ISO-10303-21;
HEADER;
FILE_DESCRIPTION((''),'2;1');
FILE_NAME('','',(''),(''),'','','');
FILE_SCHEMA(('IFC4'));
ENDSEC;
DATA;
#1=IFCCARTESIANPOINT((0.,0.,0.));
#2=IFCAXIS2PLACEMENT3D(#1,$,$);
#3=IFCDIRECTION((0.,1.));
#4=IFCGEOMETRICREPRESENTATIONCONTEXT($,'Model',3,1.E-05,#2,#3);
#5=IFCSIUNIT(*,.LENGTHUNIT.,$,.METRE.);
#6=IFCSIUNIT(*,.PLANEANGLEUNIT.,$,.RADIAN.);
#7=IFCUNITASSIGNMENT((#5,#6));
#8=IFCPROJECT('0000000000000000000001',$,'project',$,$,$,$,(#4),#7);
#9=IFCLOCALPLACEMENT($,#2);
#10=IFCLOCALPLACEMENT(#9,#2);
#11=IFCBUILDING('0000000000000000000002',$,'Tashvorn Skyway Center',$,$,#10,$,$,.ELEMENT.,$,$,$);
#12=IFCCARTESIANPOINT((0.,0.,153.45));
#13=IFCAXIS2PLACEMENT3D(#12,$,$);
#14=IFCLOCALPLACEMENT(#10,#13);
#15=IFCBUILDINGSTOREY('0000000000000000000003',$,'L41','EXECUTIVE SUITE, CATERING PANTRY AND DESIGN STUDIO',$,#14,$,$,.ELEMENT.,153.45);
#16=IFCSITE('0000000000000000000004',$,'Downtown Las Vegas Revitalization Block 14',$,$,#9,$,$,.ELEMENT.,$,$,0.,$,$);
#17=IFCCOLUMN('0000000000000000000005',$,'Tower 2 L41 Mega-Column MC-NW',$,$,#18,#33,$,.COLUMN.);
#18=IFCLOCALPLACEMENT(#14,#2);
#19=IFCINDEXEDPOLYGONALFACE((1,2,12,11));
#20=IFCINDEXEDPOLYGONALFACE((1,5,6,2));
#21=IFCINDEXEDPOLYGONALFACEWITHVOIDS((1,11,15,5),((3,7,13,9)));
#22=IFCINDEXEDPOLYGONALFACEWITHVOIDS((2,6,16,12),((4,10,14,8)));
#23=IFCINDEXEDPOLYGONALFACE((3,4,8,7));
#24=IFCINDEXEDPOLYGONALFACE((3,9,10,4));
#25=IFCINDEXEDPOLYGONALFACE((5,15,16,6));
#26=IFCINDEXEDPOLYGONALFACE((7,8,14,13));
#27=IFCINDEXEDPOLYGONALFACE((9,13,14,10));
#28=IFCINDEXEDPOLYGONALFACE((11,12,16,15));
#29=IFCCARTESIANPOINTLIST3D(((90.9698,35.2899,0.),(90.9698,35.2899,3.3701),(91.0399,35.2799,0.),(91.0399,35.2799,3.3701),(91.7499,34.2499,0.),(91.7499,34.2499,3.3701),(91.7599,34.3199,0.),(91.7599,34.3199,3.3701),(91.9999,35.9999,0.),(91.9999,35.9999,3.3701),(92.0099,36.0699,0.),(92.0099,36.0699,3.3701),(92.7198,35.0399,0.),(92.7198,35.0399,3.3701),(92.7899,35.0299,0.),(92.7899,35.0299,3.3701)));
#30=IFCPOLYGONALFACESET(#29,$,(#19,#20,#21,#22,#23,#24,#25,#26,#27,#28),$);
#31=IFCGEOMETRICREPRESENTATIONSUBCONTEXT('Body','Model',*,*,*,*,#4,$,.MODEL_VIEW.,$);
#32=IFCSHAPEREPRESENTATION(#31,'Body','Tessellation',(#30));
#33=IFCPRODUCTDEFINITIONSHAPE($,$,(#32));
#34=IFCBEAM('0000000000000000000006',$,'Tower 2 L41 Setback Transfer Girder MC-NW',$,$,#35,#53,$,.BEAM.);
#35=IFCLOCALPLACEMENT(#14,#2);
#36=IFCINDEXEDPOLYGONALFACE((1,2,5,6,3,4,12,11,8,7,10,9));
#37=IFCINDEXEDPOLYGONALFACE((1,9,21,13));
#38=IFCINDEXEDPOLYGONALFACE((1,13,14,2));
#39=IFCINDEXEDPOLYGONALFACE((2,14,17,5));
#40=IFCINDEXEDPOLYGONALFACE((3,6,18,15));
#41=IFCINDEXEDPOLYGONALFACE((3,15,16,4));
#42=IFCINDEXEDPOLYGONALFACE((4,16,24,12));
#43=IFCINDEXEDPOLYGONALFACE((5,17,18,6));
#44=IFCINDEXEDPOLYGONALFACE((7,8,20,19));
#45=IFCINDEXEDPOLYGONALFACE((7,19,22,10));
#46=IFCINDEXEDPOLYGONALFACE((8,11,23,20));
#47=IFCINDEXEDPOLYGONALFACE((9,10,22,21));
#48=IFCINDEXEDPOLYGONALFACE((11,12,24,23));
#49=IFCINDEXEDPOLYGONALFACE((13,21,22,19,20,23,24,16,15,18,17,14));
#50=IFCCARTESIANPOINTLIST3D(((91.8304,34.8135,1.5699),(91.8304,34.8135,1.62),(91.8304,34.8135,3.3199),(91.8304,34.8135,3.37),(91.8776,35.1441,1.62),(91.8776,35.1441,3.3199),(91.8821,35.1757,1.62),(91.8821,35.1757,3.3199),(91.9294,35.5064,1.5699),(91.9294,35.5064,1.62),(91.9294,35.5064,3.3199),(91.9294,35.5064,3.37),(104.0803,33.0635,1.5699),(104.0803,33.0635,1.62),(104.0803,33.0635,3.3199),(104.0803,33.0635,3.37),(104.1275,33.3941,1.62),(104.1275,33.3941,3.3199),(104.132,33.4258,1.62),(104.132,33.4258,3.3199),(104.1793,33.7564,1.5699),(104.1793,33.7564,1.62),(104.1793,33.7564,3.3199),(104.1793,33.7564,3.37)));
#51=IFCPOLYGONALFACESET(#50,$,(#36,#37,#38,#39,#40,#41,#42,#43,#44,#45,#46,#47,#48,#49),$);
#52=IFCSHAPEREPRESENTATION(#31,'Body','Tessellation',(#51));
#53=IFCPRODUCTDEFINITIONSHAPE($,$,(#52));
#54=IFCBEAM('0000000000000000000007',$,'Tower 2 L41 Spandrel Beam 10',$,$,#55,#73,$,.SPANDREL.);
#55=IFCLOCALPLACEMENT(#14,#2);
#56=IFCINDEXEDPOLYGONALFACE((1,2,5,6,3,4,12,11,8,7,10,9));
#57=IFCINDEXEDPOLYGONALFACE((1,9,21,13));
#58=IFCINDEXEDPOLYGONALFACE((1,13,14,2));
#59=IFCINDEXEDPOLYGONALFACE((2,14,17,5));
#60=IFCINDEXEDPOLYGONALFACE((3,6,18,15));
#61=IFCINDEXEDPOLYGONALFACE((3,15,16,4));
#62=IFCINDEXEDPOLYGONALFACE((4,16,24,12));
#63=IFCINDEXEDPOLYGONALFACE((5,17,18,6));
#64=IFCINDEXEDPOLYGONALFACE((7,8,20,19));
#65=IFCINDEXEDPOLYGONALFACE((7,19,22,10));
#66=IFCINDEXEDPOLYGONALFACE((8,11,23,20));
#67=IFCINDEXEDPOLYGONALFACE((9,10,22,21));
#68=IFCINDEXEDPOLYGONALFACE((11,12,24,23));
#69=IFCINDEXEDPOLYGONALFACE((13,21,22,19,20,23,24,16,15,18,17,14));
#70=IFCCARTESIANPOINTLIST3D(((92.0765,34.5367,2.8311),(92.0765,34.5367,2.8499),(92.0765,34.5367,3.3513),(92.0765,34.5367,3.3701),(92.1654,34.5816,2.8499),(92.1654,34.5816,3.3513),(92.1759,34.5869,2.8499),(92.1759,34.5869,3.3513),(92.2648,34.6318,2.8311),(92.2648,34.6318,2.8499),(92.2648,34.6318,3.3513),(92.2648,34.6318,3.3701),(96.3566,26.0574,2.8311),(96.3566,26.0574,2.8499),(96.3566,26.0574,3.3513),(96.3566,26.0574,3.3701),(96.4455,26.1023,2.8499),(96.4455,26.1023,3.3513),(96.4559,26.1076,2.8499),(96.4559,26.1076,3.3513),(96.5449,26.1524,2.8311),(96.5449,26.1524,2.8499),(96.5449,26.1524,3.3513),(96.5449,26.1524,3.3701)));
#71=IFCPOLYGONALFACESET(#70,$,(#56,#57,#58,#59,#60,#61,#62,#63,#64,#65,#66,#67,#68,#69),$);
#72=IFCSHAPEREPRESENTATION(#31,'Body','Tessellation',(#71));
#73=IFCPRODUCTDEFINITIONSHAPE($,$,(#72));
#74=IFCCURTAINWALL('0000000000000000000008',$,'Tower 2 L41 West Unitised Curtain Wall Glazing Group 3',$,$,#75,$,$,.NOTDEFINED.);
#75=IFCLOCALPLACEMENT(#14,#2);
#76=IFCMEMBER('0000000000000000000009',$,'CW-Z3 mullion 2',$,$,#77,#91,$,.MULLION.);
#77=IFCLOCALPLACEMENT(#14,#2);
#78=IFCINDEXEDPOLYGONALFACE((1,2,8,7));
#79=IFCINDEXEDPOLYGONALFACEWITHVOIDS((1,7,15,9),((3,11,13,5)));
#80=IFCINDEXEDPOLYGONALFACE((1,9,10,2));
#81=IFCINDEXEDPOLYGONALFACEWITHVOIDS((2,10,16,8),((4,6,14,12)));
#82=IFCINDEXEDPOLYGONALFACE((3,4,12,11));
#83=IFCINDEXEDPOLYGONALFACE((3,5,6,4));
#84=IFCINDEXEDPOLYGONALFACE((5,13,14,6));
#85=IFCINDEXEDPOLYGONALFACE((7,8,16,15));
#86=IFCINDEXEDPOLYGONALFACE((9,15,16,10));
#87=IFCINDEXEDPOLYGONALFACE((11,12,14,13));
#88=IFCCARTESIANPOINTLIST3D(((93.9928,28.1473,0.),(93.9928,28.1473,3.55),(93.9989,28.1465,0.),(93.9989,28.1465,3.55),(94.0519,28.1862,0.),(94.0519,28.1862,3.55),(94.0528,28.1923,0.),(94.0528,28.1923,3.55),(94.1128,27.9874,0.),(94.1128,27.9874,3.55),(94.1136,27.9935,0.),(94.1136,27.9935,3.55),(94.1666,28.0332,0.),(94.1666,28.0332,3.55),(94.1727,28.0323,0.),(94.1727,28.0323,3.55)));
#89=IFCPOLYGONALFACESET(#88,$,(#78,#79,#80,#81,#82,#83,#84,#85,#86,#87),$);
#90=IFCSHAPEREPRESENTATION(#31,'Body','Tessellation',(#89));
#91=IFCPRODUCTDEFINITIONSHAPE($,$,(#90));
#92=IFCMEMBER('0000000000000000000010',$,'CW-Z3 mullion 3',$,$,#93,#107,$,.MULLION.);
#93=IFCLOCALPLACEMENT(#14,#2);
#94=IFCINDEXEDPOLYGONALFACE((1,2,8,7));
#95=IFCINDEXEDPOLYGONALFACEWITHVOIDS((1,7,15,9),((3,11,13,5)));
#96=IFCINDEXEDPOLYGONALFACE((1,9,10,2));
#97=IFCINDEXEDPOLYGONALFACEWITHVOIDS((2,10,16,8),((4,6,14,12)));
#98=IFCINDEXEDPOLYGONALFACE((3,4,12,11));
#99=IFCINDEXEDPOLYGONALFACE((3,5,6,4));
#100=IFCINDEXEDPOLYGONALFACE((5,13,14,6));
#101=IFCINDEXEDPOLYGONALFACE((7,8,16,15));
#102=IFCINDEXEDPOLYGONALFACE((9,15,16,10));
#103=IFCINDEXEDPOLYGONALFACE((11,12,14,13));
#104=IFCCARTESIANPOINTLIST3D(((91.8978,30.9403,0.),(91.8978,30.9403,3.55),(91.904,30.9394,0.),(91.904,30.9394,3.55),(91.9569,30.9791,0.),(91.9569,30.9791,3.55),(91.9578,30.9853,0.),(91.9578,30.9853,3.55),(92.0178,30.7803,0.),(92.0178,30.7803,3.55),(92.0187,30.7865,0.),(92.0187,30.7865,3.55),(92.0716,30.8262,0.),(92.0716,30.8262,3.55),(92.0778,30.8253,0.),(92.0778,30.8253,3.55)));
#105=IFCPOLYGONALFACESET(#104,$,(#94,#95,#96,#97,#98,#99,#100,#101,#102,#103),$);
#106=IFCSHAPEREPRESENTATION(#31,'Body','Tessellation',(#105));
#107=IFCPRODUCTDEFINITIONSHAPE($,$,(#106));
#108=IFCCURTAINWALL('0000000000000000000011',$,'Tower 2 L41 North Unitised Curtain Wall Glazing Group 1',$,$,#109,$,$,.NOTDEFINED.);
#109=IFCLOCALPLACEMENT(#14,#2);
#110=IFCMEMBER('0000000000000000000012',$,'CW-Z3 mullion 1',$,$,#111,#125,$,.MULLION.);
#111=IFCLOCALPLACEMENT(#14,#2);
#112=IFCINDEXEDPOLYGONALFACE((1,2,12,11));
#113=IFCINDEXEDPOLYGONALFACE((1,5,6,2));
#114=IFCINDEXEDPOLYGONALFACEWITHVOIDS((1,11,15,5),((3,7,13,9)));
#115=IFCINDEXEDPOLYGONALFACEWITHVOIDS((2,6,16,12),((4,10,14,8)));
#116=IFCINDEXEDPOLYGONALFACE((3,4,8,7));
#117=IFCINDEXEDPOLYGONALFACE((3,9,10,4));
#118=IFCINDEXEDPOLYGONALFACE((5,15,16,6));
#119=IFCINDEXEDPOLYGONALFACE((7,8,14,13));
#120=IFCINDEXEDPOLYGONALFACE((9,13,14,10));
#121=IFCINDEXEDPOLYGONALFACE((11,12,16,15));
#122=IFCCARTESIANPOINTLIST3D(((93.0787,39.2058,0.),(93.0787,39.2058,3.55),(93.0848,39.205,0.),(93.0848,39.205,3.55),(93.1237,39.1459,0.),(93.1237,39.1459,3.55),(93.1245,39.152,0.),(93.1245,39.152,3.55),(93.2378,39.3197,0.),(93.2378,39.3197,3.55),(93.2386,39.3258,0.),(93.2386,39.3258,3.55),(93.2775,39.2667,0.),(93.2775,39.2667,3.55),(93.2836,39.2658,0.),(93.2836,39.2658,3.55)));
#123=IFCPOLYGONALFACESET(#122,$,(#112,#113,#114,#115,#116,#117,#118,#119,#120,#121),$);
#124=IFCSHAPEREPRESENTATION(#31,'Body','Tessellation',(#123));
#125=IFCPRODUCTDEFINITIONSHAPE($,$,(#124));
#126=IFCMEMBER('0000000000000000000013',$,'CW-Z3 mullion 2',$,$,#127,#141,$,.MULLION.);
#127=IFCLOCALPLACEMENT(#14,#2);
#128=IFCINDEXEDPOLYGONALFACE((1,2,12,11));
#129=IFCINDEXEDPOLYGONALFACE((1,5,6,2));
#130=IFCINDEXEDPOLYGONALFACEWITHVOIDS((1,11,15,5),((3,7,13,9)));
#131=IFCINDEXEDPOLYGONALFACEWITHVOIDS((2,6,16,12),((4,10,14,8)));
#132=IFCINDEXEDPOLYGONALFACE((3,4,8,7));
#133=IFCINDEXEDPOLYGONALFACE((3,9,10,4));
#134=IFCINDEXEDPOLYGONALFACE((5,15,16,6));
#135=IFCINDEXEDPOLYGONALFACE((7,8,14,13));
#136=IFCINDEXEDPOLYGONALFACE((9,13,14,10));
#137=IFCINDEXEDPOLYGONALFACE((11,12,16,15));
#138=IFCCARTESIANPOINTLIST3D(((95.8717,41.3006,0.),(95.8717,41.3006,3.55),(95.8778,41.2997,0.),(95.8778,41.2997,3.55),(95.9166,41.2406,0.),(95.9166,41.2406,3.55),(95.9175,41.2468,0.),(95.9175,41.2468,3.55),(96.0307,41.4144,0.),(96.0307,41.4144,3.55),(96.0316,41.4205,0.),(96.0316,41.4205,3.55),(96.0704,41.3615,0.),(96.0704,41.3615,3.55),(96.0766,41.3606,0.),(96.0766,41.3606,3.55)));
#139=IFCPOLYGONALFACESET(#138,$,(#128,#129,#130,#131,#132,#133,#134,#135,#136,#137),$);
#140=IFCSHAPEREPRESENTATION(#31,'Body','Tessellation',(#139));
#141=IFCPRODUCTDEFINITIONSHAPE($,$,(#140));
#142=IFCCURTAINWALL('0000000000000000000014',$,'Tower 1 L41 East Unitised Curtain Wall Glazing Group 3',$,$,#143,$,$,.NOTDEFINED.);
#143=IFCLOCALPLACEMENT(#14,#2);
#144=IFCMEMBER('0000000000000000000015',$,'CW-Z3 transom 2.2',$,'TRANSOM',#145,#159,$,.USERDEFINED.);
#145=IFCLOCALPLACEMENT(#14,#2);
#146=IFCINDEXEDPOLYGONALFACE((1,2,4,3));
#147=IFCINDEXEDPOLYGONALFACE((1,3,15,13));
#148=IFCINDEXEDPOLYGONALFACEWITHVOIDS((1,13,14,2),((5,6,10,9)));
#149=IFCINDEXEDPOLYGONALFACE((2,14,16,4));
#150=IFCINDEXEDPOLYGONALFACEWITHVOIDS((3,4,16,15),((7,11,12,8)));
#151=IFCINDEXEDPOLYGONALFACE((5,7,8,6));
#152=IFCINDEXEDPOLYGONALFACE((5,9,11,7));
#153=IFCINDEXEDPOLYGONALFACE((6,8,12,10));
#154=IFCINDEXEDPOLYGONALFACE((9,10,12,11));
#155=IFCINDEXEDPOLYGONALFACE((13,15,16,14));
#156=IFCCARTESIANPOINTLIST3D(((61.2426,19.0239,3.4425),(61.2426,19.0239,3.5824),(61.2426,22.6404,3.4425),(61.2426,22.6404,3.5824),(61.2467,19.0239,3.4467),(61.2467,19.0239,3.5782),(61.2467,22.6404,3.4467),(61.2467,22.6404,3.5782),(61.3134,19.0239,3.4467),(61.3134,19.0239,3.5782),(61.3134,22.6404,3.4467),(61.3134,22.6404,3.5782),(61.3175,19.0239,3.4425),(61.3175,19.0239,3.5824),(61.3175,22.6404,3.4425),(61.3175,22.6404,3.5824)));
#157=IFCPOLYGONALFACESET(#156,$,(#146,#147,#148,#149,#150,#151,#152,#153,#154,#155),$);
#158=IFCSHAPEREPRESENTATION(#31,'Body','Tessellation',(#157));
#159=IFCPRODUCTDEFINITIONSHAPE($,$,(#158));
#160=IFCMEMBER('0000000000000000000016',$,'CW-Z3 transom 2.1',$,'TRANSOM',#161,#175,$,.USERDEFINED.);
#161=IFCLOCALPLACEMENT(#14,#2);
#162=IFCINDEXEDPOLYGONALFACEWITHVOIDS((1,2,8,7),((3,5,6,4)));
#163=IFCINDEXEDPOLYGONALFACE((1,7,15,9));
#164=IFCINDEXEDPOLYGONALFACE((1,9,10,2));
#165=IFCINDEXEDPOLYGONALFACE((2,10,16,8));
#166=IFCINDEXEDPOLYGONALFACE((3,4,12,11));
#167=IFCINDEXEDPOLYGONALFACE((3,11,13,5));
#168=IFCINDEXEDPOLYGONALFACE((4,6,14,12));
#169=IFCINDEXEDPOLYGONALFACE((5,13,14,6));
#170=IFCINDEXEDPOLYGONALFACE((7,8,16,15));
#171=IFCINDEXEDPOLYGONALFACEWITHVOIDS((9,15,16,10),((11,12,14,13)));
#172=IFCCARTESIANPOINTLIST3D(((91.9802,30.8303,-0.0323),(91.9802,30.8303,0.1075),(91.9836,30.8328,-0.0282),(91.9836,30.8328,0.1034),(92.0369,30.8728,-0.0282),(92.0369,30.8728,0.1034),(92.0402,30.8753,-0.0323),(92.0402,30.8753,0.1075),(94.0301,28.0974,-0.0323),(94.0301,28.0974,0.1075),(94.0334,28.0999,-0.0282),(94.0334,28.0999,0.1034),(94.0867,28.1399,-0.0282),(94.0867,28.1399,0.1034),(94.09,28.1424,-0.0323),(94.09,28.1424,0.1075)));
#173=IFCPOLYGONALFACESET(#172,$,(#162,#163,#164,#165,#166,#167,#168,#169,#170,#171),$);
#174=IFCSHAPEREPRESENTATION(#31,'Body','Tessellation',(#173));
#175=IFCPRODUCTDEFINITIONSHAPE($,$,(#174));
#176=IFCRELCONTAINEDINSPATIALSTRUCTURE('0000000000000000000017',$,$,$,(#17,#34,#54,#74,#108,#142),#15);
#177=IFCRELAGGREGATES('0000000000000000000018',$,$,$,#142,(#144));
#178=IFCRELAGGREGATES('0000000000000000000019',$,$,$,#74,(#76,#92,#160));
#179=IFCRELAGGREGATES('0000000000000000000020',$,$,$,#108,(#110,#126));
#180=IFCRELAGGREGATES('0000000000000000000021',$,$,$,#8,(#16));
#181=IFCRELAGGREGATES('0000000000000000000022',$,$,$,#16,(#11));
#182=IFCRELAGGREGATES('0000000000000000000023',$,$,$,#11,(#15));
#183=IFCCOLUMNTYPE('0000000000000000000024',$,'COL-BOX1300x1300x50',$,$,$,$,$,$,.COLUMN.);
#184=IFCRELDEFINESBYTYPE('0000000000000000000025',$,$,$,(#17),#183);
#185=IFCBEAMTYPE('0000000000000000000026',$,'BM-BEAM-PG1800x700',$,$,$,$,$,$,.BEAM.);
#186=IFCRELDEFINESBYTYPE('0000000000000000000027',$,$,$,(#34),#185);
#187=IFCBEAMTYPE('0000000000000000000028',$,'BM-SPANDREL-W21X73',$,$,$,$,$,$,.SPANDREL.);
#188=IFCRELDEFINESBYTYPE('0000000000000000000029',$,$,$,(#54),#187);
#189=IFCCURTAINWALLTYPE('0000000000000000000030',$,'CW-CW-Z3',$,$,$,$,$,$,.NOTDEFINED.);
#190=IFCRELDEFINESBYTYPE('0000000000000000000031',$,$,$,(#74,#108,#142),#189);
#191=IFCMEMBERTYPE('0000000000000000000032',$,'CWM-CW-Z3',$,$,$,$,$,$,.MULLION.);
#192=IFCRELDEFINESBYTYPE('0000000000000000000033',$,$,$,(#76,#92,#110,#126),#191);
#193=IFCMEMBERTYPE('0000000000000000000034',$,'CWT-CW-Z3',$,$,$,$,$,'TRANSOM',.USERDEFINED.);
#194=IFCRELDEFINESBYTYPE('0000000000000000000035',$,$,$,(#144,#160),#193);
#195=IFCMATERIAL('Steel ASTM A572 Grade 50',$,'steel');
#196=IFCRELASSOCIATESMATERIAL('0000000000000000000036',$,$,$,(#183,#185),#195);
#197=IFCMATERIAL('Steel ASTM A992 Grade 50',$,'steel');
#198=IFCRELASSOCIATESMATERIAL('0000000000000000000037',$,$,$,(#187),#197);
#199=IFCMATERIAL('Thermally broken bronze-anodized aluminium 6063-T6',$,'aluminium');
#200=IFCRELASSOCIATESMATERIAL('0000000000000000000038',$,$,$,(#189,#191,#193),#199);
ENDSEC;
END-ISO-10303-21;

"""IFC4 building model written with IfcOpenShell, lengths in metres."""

from ifc_helpers import new_model, si_unit, direction, frame, origin, origin_2d, place, context, subcontext, project, spatial, hollow_rectangle, i_section, extrude, material, material_profile, profile_set, type_object, element, aggregate, save


model = new_model("IFC4")

# Units and contexts
model_context = context("Model", 3, precision=1e-05, world=origin(), true_north=direction((0.0, 1.0)))
body_context = subcontext(model_context, "Body", "Model", "MODEL_VIEW")
ifc_project = project(units=[si_unit("LENGTHUNIT", "METRE"), si_unit("PLANEANGLEUNIT", "RADIAN")], contexts=[model_context])

# Site, building, storey
site_placement = place(None, origin())
site = spatial("IfcSite", under=ifc_project, at=site_placement, Name="Downtown Las Vegas Revitalization Block 14", CompositionType="ELEMENT", RefElevation=0.0)
building_placement = place(site_placement, origin())
building = spatial("IfcBuilding", under=site, at=building_placement, Name="Tashvorn Skyway Center", CompositionType="ELEMENT")
storey_placement = place(building_placement, frame((0.0, 0.0, 153.45)))
storey = spatial("IfcBuildingStorey", under=building, at=storey_placement, Name="L41", Description="EXECUTIVE SUITE, CATERING PANTRY AND DESIGN STUDIO", CompositionType="ELEMENT", Elevation=153.45)

# Column
ifc_material_1 = material(Name="Steel ASTM A572 Grade 50", Category="steel")
ifc_material_profile_1 = material_profile(ifc_material_1, hollow_rectangle(XDim=1.3, YDim=1.3, WallThickness=0.05, at=origin_2d()), Name="BOX1300x1300x50")
ifc_profile_set_1 = profile_set([ifc_material_profile_1], Name="Steel ASTM A572 Grade 50")
column_type = type_object("IfcColumnType", Name="COL-BOX1300x1300x50", PredefinedType="COLUMN", material=ifc_profile_set_1)
column_placement = place(storey_placement, frame((91.8799, 35.1599, 0.0), z_axis=(0.0, 0.0, 1.0), x_axis=(0.8, 0.6, 0.0)))
element("IfcColumn", 1, at=column_placement, inside=storey, type_object=column_type, Name="Tower 2 L41 Mega-Column MC-NW", PredefinedType="COLUMN", context=body_context, shape_type="SweptSolid", body=[
    extrude(hollow_rectangle(XDim=1.3, YDim=1.3, WallThickness=0.05, at=origin_2d()), origin(), (0.0, 0.0, 1.0), 3.3701),
])

# Beams
ifc_material_profile_2 = material_profile(ifc_material_1, i_section(OverallWidth=0.7, OverallDepth=1.8, WebThickness=0.032, FlangeThickness=0.05, at=origin_2d()), Name="PG1800x700")
ifc_profile_set_2 = profile_set([ifc_material_profile_2], Name="Steel ASTM A572 Grade 50")
beam_type_1 = type_object("IfcBeamType", Name="BM-BEAM-PG1800x700", PredefinedType="BEAM", material=ifc_profile_set_2)
beam_1_placement = place(storey_placement, frame((91.8799, 35.1599, 2.47), z_axis=(0.989949, -0.141421, 0.0), x_axis=(0.141421, 0.989949, 0.0)))
element("IfcBeam", 2, at=beam_1_placement, inside=storey, type_object=beam_type_1, Name="Tower 2 L41 Setback Transfer Girder MC-NW", PredefinedType="BEAM", context=body_context, shape_type="SweptSolid", body=[
    extrude(i_section(OverallWidth=0.7, OverallDepth=1.8, WebThickness=0.032, FlangeThickness=0.05, at=origin_2d()), origin(), (0.0, 0.0, 1.0), 12.3743),
])
ifc_material_2 = material(Name="Steel ASTM A992 Grade 50", Category="steel")
ifc_material_profile_3 = material_profile(ifc_material_2, i_section(OverallWidth=0.2109, OverallDepth=0.5391, WebThickness=0.0117, FlangeThickness=0.0188, at=origin_2d()), Name="W21X73")
ifc_profile_set_3 = profile_set([ifc_material_profile_3], Name="Steel ASTM A992 Grade 50")
beam_type_2 = type_object("IfcBeamType", Name="BM-SPANDREL-W21X73", PredefinedType="SPANDREL", material=ifc_profile_set_3)
beam_2_placement = place(storey_placement, frame((92.1707, 34.5842, 3.1006), z_axis=(0.450614, -0.892719, 0.0), x_axis=(0.892719, 0.450614, 0.0)))
element("IfcBeam", 3, at=beam_2_placement, inside=storey, type_object=beam_type_2, Name="Tower 2 L41 Spandrel Beam 10", PredefinedType="SPANDREL", context=body_context, shape_type="SweptSolid", body=[
    extrude(i_section(OverallWidth=0.2109, OverallDepth=0.5391, WebThickness=0.0117, FlangeThickness=0.0188, at=origin_2d()), origin(), (0.0, 0.0, 1.0), 9.4983),
])

# Curtain walls, members
ifc_material_3 = material(Name="Thermally broken bronze-anodized aluminium 6063-T6", Category="aluminium")
curtain_wall_type = type_object("IfcCurtainWallType", Name="CW-CW-Z3", PredefinedType="NOTDEFINED", material=ifc_material_3)
curtain_wall_1_placement = place(storey_placement, origin())
curtain_wall_1 = element("IfcCurtainWall", 4, at=curtain_wall_1_placement, inside=storey, type_object=curtain_wall_type, Name="Tower 2 L41 West Unitised Curtain Wall Glazing Group 3", PredefinedType="NOTDEFINED")
ifc_material_profile_4 = material_profile(ifc_material_3, hollow_rectangle(XDim=0.075, YDim=0.2, WallThickness=0.0044, at=origin_2d()), Name="ALU-MULL-75x200")
ifc_profile_set_4 = profile_set([ifc_material_profile_4], Name="Thermally broken bronze-anodized aluminium 6063-T6")
member_type_1 = type_object("IfcMemberType", Name="CWM-CW-Z3", PredefinedType="MULLION", material=ifc_profile_set_4)
member_1_placement = place(storey_placement, frame((94.0828, 28.0898, 0.0), z_axis=(0.0, 0.0, 1.0), x_axis=(-0.799997, -0.600005, 0.0)))
member_1 = element("IfcMember", 5, at=member_1_placement, type_object=member_type_1, Name="CW-Z3 mullion 2", PredefinedType="MULLION", context=body_context, shape_type="SweptSolid", body=[
    extrude(hollow_rectangle(XDim=0.075, YDim=0.2, WallThickness=0.0044, at=origin_2d()), origin(), (0.0, 0.0, 1.0), 3.55),
])
member_2_placement = place(storey_placement, frame((91.9878, 30.8828, 0.0), z_axis=(0.0, 0.0, 1.0), x_axis=(-0.799997, -0.600005, 0.0)))
member_2 = element("IfcMember", 6, at=member_2_placement, type_object=member_type_1, Name="CW-Z3 mullion 3", PredefinedType="MULLION", context=body_context, shape_type="SweptSolid", body=[
    extrude(hollow_rectangle(XDim=0.075, YDim=0.2, WallThickness=0.0044, at=origin_2d()), origin(), (0.0, 0.0, 1.0), 3.55),
])
curtain_wall_2_placement = place(storey_placement, origin())
curtain_wall_2 = element("IfcCurtainWall", 7, at=curtain_wall_2_placement, inside=storey, type_object=curtain_wall_type, Name="Tower 2 L41 North Unitised Curtain Wall Glazing Group 1", PredefinedType="NOTDEFINED")
member_3_placement = place(storey_placement, frame((93.1812, 39.2358, 0.0), z_axis=(0.0, 0.0, 1.0), x_axis=(-0.600005, 0.799997, 0.0)))
member_3 = element("IfcMember", 8, at=member_3_placement, type_object=member_type_1, Name="CW-Z3 mullion 1", PredefinedType="MULLION", context=body_context, shape_type="SweptSolid", body=[
    extrude(hollow_rectangle(XDim=0.075, YDim=0.2, WallThickness=0.0044, at=origin_2d()), origin(), (0.0, 0.0, 1.0), 3.55),
])
member_4_placement = place(storey_placement, frame((95.9741, 41.3306, 0.0), z_axis=(0.0, 0.0, 1.0), x_axis=(-0.600005, 0.799997, 0.0)))
member_4 = element("IfcMember", 9, at=member_4_placement, type_object=member_type_1, Name="CW-Z3 mullion 2", PredefinedType="MULLION", context=body_context, shape_type="SweptSolid", body=[
    extrude(hollow_rectangle(XDim=0.075, YDim=0.2, WallThickness=0.0044, at=origin_2d()), origin(), (0.0, 0.0, 1.0), 3.55),
])

# Curtain wall, member
curtain_wall_3_placement = place(storey_placement, origin())
curtain_wall_3 = element("IfcCurtainWall", 10, at=curtain_wall_3_placement, inside=storey, type_object=curtain_wall_type, Name="Tower 1 L41 East Unitised Curtain Wall Glazing Group 3", PredefinedType="NOTDEFINED")
ifc_material_profile_5 = material_profile(ifc_material_3, hollow_rectangle(XDim=0.075, YDim=0.1399, WallThickness=0.0042, at=origin_2d()), Name="ALU-TRAN-75x140")
ifc_profile_set_5 = profile_set([ifc_material_profile_5], Name="Thermally broken bronze-anodized aluminium 6063-T6")
member_type_2 = type_object("IfcMemberType", Name="CWT-CW-Z3", ElementType="TRANSOM", PredefinedType="USERDEFINED", material=ifc_profile_set_5)
member_5_placement = place(storey_placement, frame((61.28, 22.6404, 3.5125), z_axis=(0.0, -1.0, 0.0), x_axis=(1.0, 0.0, 0.0)))
member_5 = element("IfcMember", 11, at=member_5_placement, type_object=member_type_2, Name="CW-Z3 transom 2.2", ObjectType="TRANSOM", PredefinedType="USERDEFINED", context=body_context, shape_type="SweptSolid", body=[
    extrude(hollow_rectangle(XDim=0.075, YDim=0.1399, WallThickness=0.0042, at=origin_2d()), origin(), (0.0, 0.0, 1.0), 3.6165),
])

# Member
member_6_placement = place(storey_placement, frame((94.0601, 28.1199, 0.0376), z_axis=(-0.600023, 0.799983, 0.0), x_axis=(-0.799983, -0.600023, 0.0)))
member_6 = element("IfcMember", 12, at=member_6_placement, type_object=member_type_2, Name="CW-Z3 transom 2.1", ObjectType="TRANSOM", PredefinedType="USERDEFINED", context=body_context, shape_type="SweptSolid", body=[
    extrude(hollow_rectangle(XDim=0.075, YDim=0.1399, WallThickness=0.0042, at=origin_2d()), origin(), (0.0, 0.0, 1.0), 3.4163),
])

aggregate(curtain_wall_3, [member_5])
aggregate(curtain_wall_1, [member_1, member_2, member_6])
aggregate(curtain_wall_2, [member_3, member_4])

save(model, "model.ifc")
